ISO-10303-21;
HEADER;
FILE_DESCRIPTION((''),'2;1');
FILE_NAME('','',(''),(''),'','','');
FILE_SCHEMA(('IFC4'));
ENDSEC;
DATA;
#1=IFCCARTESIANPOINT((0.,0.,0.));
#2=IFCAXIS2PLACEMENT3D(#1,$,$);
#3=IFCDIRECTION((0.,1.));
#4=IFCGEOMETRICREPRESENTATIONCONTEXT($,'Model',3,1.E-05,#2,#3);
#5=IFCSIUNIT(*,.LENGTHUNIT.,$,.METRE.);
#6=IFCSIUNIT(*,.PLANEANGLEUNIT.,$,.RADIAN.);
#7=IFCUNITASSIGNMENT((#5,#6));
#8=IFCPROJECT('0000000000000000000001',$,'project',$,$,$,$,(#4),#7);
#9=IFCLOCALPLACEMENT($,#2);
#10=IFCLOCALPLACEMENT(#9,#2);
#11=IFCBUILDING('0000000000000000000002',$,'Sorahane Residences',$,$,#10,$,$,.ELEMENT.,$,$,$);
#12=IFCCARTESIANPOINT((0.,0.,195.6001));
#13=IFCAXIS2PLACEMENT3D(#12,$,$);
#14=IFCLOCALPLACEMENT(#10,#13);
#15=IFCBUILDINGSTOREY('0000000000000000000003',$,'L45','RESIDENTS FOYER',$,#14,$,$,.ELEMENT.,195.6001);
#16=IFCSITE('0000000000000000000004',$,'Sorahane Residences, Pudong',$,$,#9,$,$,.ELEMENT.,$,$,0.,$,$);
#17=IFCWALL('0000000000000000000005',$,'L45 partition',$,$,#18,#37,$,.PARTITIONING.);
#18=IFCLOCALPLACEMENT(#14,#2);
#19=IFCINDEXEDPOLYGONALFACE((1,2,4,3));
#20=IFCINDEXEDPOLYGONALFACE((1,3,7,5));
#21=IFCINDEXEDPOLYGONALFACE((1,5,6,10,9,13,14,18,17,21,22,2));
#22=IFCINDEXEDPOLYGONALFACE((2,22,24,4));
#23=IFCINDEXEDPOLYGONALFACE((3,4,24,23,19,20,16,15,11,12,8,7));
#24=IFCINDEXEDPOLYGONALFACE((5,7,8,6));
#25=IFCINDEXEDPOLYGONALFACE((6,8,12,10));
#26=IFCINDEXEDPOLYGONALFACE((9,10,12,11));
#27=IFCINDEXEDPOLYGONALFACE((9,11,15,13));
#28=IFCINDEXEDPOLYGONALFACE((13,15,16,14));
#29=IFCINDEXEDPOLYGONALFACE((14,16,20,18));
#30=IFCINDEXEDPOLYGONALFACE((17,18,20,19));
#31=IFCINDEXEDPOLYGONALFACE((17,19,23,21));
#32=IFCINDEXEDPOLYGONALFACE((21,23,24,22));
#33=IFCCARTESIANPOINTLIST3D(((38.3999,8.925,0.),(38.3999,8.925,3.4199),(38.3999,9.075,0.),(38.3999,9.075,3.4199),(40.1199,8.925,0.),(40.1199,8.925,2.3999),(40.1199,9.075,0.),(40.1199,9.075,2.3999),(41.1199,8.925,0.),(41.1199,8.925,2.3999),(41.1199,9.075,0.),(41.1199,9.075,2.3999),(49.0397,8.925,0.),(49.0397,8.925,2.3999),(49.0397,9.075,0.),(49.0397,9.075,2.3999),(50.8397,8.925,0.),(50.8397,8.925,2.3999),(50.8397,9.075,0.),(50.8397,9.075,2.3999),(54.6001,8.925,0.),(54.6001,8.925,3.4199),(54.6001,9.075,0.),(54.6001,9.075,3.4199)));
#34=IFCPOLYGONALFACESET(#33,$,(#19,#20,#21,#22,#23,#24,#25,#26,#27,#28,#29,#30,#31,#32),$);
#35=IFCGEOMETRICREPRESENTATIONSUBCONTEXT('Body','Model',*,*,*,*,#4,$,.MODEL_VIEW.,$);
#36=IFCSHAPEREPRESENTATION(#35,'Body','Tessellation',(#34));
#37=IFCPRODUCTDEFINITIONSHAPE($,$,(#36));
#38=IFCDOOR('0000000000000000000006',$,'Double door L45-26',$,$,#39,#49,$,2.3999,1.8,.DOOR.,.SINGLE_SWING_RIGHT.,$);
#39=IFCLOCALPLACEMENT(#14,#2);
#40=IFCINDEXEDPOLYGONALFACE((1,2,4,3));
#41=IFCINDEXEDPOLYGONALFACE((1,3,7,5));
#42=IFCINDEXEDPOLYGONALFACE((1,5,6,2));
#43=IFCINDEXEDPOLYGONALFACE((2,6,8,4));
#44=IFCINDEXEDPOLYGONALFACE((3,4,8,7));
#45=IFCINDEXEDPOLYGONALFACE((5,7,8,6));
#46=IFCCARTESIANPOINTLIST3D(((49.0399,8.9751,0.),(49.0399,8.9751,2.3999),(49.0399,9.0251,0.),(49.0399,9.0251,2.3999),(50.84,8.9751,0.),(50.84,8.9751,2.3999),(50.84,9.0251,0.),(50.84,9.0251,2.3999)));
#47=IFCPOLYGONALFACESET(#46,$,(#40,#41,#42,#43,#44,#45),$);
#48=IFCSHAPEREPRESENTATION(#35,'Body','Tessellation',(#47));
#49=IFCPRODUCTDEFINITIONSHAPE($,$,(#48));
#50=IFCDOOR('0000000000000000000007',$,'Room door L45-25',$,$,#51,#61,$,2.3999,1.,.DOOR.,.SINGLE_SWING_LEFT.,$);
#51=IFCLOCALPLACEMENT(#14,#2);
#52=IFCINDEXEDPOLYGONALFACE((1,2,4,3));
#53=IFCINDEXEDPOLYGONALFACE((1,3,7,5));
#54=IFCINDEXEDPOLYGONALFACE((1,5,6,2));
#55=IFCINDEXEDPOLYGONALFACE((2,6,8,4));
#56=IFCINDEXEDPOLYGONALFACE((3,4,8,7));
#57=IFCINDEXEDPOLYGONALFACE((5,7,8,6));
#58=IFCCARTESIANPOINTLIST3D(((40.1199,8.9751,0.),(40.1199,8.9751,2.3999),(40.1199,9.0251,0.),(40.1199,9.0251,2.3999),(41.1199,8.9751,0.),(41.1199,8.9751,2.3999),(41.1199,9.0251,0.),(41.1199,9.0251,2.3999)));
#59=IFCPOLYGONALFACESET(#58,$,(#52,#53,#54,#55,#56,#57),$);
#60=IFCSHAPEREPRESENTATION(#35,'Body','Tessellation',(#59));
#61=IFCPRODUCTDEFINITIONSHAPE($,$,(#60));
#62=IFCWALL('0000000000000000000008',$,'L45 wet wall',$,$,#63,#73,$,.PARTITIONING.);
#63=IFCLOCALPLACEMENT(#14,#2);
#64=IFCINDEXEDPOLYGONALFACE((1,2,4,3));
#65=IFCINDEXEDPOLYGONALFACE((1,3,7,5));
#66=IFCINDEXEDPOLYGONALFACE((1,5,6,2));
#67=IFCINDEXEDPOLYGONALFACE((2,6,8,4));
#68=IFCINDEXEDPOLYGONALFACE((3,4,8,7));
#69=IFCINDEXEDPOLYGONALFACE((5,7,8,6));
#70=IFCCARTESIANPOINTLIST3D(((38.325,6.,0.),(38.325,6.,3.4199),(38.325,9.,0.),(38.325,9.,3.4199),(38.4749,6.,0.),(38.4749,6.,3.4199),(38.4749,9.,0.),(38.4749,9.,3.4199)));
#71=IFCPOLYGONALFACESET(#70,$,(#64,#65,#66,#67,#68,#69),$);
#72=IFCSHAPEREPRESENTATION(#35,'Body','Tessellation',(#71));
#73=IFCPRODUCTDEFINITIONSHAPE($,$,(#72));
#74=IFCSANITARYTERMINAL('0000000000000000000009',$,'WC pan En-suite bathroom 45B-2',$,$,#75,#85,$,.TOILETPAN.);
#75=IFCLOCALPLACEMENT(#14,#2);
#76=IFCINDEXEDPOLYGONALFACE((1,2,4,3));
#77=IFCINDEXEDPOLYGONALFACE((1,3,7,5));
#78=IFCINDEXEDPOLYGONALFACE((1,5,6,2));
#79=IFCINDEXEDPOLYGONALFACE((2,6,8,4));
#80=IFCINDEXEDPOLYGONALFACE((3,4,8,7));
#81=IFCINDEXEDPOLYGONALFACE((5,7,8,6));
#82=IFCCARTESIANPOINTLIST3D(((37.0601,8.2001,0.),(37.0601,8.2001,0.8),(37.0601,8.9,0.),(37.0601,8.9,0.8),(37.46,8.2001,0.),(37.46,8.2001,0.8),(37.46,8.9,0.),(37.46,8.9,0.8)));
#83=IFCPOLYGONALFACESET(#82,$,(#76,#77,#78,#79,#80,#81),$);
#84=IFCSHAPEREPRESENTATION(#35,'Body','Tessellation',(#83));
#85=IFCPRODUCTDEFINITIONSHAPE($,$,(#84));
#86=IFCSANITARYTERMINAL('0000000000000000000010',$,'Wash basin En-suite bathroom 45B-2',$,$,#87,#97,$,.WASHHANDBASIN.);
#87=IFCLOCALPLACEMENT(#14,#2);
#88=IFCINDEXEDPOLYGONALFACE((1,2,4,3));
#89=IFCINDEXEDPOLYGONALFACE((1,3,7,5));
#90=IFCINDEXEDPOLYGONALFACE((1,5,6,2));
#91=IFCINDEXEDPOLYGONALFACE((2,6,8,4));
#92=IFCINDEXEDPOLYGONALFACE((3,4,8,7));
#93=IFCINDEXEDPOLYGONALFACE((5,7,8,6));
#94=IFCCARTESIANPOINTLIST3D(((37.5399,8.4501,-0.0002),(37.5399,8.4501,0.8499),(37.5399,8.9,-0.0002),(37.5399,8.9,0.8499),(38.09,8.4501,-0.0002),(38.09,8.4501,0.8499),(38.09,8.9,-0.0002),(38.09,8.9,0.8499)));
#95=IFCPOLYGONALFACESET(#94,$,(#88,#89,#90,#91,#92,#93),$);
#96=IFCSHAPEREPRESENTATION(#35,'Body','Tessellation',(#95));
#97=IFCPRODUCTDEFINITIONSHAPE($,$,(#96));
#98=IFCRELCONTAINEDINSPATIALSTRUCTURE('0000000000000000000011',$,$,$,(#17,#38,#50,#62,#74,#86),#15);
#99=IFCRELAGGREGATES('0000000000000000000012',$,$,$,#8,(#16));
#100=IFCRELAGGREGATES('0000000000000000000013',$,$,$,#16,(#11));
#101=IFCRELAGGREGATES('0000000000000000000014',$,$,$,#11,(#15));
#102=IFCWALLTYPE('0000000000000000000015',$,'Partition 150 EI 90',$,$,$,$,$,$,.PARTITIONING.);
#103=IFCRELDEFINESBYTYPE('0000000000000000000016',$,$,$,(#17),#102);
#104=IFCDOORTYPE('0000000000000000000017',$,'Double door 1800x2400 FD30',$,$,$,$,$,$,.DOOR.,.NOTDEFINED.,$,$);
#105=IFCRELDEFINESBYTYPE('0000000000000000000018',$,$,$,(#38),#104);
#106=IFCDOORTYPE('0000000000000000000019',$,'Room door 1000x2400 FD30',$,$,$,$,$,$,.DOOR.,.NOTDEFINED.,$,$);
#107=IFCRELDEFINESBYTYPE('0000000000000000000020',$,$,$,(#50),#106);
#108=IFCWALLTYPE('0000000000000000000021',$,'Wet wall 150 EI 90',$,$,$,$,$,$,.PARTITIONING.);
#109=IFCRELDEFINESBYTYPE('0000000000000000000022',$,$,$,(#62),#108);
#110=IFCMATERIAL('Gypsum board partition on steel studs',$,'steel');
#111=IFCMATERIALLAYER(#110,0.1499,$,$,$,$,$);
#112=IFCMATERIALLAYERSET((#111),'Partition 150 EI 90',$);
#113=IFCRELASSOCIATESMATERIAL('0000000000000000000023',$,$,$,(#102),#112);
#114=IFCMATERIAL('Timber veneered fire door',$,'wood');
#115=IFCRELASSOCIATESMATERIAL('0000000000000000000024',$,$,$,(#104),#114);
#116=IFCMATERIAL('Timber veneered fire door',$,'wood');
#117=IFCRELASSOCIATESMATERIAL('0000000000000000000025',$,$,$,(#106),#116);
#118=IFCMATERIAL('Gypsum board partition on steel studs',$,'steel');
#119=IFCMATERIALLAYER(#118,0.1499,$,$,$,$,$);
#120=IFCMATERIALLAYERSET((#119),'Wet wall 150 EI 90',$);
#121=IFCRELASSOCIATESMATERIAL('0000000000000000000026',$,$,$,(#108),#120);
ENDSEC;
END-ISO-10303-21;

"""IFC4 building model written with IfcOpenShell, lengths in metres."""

from ifc_helpers import new_model, si_unit, direction, frame, frame_2d, origin, origin_2d, place, context, subcontext, project, spatial, rectangle, extrude, material, layer, layer_set, type_object, element, fill, save


model = new_model("IFC4")

# Units and contexts
model_context = context("Model", 3, precision=1e-05, world=origin(), true_north=direction((0.0, 1.0)))
body_context = subcontext(model_context, "Body", "Model", "MODEL_VIEW")
ifc_project = project(units=[si_unit("LENGTHUNIT", "METRE"), si_unit("PLANEANGLEUNIT", "RADIAN")], contexts=[model_context])

# Site, building, storey
site_placement = place(None, origin())
site = spatial("IfcSite", under=ifc_project, at=site_placement, Name="Sorahane Residences, Pudong", CompositionType="ELEMENT", RefElevation=0.0)
building_placement = place(site_placement, origin())
building = spatial("IfcBuilding", under=site, at=building_placement, Name="Sorahane Residences", CompositionType="ELEMENT")
storey_placement = place(building_placement, frame((0.0, 0.0, 195.6001)))
storey = spatial("IfcBuildingStorey", under=building, at=storey_placement, Name="L45", Description="RESIDENTS FOYER", CompositionType="ELEMENT", Elevation=195.6001)

# Shared definitions
ifc_material_1 = material(Name="Gypsum board partition on steel studs", Category="steel")
ifc_layer_1 = layer(ifc_material_1, 0.1499)
ifc_layer_set_1 = layer_set([ifc_layer_1], Name="Partition 150 EI 90")
wall_type_1 = type_object("IfcWallType", Name="Partition 150 EI 90", PredefinedType="PARTITIONING", material=ifc_layer_set_1)

# Wall, openings, doors
ifc_material_2 = material(Name="Timber veneered fire door", Category="wood")
door_type_1 = type_object("IfcDoorType", Name="Double door 1800x2400 FD30", OperationType="NOTDEFINED", PredefinedType="DOOR", material=ifc_material_2)
ifc_material_3 = material(Name="Timber veneered fire door", Category="wood")
door_type_2 = type_object("IfcDoorType", Name="Room door 1000x2400 FD30", OperationType="NOTDEFINED", PredefinedType="DOOR", material=ifc_material_3)
wall_1_placement = place(storey_placement, frame((38.3999, 9.0, 0.0), z_axis=(0.0, 0.0, 1.0), x_axis=(1.0, 0.0, 0.0)))
wall_1 = element("IfcWall", 1, at=wall_1_placement, inside=storey, type_object=wall_type_1, Name="L45 partition", PredefinedType="PARTITIONING", context=body_context, shape_type="SweptSolid", body=[
    extrude(rectangle(XDim=16.2002, YDim=0.1499, at=frame_2d((8.1001, 0.0))), origin(), (0.0, 0.0, 1.0), 3.4199),
])
opening_1_placement = place(wall_1_placement, frame((1.72, 0.0, 0.0)))
opening_1 = element("IfcOpeningElement", 2, at=opening_1_placement, cuts=wall_1, PredefinedType="OPENING", context=body_context, shape_type="SweptSolid", body=[
    extrude(rectangle(XDim=1.0, YDim=2.3999, at=frame_2d((0.5, 1.2))), frame((0.0, 0.085, 0.0), z_axis=(0.0, -1.0, 0.0), x_axis=(1.0, 0.0, 0.0)), (0.0, 0.0, 1.0), 0.1699),
])
opening_2_placement = place(wall_1_placement, frame((10.6399, 0.0, 0.0)))
opening_2 = element("IfcOpeningElement", 3, at=opening_2_placement, cuts=wall_1, PredefinedType="OPENING", context=body_context, shape_type="SweptSolid", body=[
    extrude(rectangle(XDim=1.8, YDim=2.3999, at=frame_2d((0.8999, 1.2))), frame((0.0, 0.085, 0.0), z_axis=(0.0, -1.0, 0.0), x_axis=(1.0, 0.0, 0.0)), (0.0, 0.0, 1.0), 0.1699),
])
door_1_placement = place(opening_2_placement, frame((1.8, 0.0, 0.0), z_axis=(0.0, 0.0, 1.0), x_axis=(-1.0, 0.0, 0.0)))
door_1 = element("IfcDoor", 4, at=door_1_placement, inside=storey, type_object=door_type_1, Name="Double door L45-26", OperationType="SINGLE_SWING_RIGHT", OverallHeight=2.3999, OverallWidth=1.8, PredefinedType="DOOR", context=body_context, shape_type="SweptSolid", body=[
    extrude(rectangle(XDim=1.8, YDim=2.3999, at=frame_2d((0.8999, 1.2))), frame((0.0, 0.0249, 0.0), z_axis=(0.0, -1.0, 0.0), x_axis=(1.0, 0.0, 0.0)), (0.0, 0.0, 1.0), 0.05),
])
fill(opening_2, door_1)
door_2_placement = place(opening_1_placement, frame((1.0, 0.0, 0.0), z_axis=(0.0, 0.0, 1.0), x_axis=(-1.0, 0.0, 0.0)))
door_2 = element("IfcDoor", 5, at=door_2_placement, inside=storey, type_object=door_type_2, Name="Room door L45-25", OperationType="SINGLE_SWING_LEFT", OverallHeight=2.3999, OverallWidth=1.0, PredefinedType="DOOR", context=body_context, shape_type="SweptSolid", body=[
    extrude(rectangle(XDim=1.0, YDim=2.3999, at=frame_2d((0.5, 1.2))), frame((0.0, 0.0249, 0.0), z_axis=(0.0, -1.0, 0.0), x_axis=(1.0, 0.0, 0.0)), (0.0, 0.0, 1.0), 0.05),
])
fill(opening_1, door_2)

# Wall
ifc_material_4 = material(Name="Gypsum board partition on steel studs", Category="steel")
ifc_layer_2 = layer(ifc_material_4, 0.1499)
ifc_layer_set_2 = layer_set([ifc_layer_2], Name="Wet wall 150 EI 90")
wall_type_2 = type_object("IfcWallType", Name="Wet wall 150 EI 90", PredefinedType="PARTITIONING", material=ifc_layer_set_2)
wall_2_placement = place(storey_placement, frame((38.3999, 6.0, 0.0), z_axis=(0.0, 0.0, 1.0), x_axis=(0.0, 1.0, 0.0)))
element("IfcWall", 6, at=wall_2_placement, inside=storey, type_object=wall_type_2, Name="L45 wet wall", PredefinedType="PARTITIONING", context=body_context, shape_type="SweptSolid", body=[
    extrude(rectangle(XDim=3.0, YDim=0.1499, at=frame_2d((1.5, 0.0))), origin(), (0.0, 0.0, 1.0), 3.4199),
])

# Sanitary terminals
sanitary_terminal_1_placement = place(storey_placement, frame((37.26, 8.55, 0.0), z_axis=(0.0, 0.0, 1.0), x_axis=(1.0, 0.0, 0.0)))
element("IfcSanitaryTerminal", 7, at=sanitary_terminal_1_placement, inside=storey, Name="WC pan En-suite bathroom 45B-2", PredefinedType="TOILETPAN", context=body_context, shape_type="SweptSolid", body=[
    extrude(rectangle(XDim=0.3999, YDim=0.7, at=origin_2d()), origin(), (0.0, 0.0, 1.0), 0.8),
])
sanitary_terminal_2_placement = place(storey_placement, frame((37.8149, 8.675, -0.0002), z_axis=(0.0, 0.0, 1.0), x_axis=(1.0, 0.0, 0.0)))
element("IfcSanitaryTerminal", 8, at=sanitary_terminal_2_placement, inside=storey, Name="Wash basin En-suite bathroom 45B-2", PredefinedType="WASHHANDBASIN", context=body_context, shape_type="SweptSolid", body=[
    extrude(rectangle(XDim=0.55, YDim=0.45, at=origin_2d()), origin(), (0.0, 0.0, 1.0), 0.8501),
])

save(model, "model.ifc")
